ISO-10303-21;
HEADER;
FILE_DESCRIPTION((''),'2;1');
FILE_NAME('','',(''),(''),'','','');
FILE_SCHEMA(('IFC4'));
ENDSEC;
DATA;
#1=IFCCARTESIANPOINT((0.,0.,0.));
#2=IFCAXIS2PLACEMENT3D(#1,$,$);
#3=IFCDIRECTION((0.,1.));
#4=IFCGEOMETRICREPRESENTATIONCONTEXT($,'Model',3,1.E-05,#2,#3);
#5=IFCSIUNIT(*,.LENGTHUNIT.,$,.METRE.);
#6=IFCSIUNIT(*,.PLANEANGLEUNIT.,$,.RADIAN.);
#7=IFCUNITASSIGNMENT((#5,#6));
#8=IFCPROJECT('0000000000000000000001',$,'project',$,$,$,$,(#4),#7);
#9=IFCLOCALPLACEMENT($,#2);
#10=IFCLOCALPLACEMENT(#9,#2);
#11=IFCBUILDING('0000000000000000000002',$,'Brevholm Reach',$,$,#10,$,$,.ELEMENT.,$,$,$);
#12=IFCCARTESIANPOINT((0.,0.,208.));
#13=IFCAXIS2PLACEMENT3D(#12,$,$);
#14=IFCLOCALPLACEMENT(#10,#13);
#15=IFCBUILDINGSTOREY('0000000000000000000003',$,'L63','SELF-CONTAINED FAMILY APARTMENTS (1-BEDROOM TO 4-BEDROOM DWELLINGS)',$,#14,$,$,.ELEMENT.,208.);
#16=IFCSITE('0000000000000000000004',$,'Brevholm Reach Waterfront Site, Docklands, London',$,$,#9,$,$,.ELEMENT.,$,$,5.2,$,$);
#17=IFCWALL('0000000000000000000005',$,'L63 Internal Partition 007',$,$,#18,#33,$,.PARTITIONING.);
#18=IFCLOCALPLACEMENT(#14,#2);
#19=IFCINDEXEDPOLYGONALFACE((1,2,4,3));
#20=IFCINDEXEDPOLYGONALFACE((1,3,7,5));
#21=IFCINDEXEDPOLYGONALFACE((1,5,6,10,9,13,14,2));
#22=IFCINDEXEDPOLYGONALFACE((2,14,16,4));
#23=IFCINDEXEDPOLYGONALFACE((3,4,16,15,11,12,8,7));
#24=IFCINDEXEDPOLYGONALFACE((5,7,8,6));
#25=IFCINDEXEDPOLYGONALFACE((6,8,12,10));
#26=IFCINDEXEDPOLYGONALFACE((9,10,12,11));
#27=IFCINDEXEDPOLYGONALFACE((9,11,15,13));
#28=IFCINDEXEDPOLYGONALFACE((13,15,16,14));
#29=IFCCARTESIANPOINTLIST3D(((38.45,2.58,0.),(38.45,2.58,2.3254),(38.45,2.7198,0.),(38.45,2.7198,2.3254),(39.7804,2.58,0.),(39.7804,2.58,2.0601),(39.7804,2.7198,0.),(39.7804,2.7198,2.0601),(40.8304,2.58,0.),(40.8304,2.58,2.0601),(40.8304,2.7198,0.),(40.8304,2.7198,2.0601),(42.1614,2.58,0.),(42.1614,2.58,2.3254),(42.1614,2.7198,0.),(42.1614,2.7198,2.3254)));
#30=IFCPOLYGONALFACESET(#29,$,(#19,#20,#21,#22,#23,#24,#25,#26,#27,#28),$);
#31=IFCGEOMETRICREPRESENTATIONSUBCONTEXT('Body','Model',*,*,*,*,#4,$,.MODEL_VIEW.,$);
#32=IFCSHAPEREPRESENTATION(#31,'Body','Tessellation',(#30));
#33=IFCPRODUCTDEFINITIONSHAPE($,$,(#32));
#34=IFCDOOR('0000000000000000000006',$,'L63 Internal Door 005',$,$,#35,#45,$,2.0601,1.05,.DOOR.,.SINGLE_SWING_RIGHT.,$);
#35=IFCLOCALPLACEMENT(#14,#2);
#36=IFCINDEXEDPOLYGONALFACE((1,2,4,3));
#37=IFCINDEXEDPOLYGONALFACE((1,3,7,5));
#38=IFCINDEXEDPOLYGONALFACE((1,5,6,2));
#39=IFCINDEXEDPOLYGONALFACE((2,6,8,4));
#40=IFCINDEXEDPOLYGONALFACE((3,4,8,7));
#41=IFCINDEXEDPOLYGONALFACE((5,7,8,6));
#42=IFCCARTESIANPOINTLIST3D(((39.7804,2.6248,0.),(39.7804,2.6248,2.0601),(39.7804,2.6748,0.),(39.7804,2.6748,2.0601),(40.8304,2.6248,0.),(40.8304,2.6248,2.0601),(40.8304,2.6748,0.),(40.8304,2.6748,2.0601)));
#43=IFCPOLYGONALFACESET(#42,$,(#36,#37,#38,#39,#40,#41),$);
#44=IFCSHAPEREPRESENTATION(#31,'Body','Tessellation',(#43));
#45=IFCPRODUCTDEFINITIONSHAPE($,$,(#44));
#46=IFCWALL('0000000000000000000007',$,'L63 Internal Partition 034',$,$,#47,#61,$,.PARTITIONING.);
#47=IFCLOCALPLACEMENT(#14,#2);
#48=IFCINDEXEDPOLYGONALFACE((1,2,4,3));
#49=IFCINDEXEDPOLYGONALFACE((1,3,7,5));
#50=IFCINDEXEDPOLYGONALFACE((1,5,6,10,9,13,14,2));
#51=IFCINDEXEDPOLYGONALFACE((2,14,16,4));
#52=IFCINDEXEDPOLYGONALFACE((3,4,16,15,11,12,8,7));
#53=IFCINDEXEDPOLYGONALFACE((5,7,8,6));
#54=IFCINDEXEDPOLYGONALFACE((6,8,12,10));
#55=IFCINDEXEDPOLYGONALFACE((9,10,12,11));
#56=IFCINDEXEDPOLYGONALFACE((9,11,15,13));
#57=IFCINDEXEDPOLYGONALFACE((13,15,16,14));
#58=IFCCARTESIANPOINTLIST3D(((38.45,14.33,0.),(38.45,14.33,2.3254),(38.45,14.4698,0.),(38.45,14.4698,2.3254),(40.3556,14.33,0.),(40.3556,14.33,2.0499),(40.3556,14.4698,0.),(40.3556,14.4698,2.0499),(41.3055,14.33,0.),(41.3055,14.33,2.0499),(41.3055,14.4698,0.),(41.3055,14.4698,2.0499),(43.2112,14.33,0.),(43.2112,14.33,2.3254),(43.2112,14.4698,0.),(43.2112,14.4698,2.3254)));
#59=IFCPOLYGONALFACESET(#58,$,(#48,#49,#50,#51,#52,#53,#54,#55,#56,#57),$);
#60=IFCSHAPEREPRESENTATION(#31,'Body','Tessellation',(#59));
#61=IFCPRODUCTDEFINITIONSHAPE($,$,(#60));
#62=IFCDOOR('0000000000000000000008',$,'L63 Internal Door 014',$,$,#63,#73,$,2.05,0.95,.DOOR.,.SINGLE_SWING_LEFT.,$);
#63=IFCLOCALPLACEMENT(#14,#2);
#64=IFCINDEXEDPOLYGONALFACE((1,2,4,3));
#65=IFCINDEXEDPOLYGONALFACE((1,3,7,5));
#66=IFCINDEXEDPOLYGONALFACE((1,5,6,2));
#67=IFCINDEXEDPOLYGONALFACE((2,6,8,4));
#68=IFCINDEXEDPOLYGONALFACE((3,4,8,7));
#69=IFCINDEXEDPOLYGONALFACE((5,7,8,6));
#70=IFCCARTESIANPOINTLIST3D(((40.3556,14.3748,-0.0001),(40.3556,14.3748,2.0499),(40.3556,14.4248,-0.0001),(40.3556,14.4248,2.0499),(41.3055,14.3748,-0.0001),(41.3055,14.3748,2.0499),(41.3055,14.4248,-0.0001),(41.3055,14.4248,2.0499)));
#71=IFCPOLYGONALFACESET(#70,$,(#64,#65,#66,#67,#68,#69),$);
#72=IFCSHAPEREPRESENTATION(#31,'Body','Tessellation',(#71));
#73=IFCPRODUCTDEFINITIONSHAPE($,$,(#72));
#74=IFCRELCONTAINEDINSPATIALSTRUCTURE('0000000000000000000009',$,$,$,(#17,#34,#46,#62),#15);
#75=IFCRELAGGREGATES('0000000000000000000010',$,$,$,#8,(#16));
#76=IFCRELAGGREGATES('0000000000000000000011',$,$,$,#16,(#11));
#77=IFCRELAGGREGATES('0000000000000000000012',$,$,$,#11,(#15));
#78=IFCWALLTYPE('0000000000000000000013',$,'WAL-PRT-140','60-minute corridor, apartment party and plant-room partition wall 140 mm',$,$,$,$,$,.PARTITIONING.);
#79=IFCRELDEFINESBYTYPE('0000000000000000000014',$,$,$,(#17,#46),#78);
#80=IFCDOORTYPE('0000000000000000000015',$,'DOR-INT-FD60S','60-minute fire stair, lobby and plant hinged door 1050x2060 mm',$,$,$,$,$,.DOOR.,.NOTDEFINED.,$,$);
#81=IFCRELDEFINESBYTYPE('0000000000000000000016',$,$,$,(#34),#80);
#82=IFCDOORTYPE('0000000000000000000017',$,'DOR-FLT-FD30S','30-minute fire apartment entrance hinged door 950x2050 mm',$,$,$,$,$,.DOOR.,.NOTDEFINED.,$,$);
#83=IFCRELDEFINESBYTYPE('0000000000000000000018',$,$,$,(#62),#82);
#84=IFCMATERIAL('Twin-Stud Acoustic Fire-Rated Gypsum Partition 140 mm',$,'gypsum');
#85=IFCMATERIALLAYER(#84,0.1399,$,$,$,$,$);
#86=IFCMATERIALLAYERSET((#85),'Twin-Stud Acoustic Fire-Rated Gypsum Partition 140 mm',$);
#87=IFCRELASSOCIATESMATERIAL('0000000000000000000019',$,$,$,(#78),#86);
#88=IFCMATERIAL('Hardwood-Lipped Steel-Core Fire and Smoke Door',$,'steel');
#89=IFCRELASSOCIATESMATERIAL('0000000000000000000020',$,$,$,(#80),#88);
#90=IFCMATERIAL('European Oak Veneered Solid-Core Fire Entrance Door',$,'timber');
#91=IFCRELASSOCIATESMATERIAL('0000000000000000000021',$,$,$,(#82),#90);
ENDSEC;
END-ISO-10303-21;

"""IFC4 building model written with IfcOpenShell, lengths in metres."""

from ifc_helpers import new_model, si_unit, direction, frame, frame_2d, origin, place, context, subcontext, project, spatial, rectangle, extrude, material, layer, layer_set, type_object, element, fill, save


model = new_model("IFC4")

# Units and contexts
model_context = context("Model", 3, precision=1e-05, world=origin(), true_north=direction((0.0, 1.0)))
body_context = subcontext(model_context, "Body", "Model", "MODEL_VIEW")
ifc_project = project(units=[si_unit("LENGTHUNIT", "METRE"), si_unit("PLANEANGLEUNIT", "RADIAN")], contexts=[model_context])

# Site, building, storey
site_placement = place(None, origin())
site = spatial("IfcSite", under=ifc_project, at=site_placement, Name="Brevholm Reach Waterfront Site, Docklands, London", CompositionType="ELEMENT", RefElevation=5.2)
building_placement = place(site_placement, origin())
building = spatial("IfcBuilding", under=site, at=building_placement, Name="Brevholm Reach", CompositionType="ELEMENT")
storey_placement = place(building_placement, frame((0.0, 0.0, 208.0)))
storey = spatial("IfcBuildingStorey", under=building, at=storey_placement, Name="L63", Description="SELF-CONTAINED FAMILY APARTMENTS (1-BEDROOM TO 4-BEDROOM DWELLINGS)", CompositionType="ELEMENT", Elevation=208.0)

# Walls, openings, doors
ifc_material_1 = material(Name="Twin-Stud Acoustic Fire-Rated Gypsum Partition 140 mm", Category="gypsum")
ifc_layer_1 = layer(ifc_material_1, 0.1399)
ifc_layer_set_1 = layer_set([ifc_layer_1], Name="Twin-Stud Acoustic Fire-Rated Gypsum Partition 140 mm")
wall_type_1 = type_object("IfcWallType", Name="WAL-PRT-140", Description="60-minute corridor, apartment party and plant-room partition wall 140 mm", PredefinedType="PARTITIONING", material=ifc_layer_set_1)
wall_1_placement = place(storey_placement, frame((38.45, 2.6499, 0.0), z_axis=(0.0, 0.0, 1.0), x_axis=(1.0, 0.0, 0.0)))
wall_1 = element("IfcWall", 1, at=wall_1_placement, inside=storey, type_object=wall_type_1, Name="L63 Internal Partition 007", PredefinedType="PARTITIONING", context=body_context, shape_type="SweptSolid", body=[
    extrude(rectangle(XDim=3.7114, YDim=0.1399, at=frame_2d((1.8557, 0.0))), origin(), (0.0, 0.0, 1.0), 2.3254),
])
opening_1_placement = place(wall_1_placement, frame((1.3306, 0.0, 0.0)))
opening_1 = element("IfcOpeningElement", 2, at=opening_1_placement, cuts=wall_1, PredefinedType="OPENING", context=body_context, shape_type="SweptSolid", body=[
    extrude(rectangle(XDim=1.05, YDim=2.0601, at=frame_2d((0.5249, 1.03))), frame((0.0, 0.0798, 0.0), z_axis=(0.0, -1.0, 0.0), x_axis=(1.0, 0.0, 0.0)), (0.0, 0.0, 1.0), 0.1599),
])
ifc_material_2 = material(Name="Hardwood-Lipped Steel-Core Fire and Smoke Door", Category="steel")
door_type_1 = type_object("IfcDoorType", Name="DOR-INT-FD60S", Description="60-minute fire stair, lobby and plant hinged door 1050x2060 mm", OperationType="NOTDEFINED", PredefinedType="DOOR", material=ifc_material_2)
door_1_placement = place(opening_1_placement, origin())
door_1 = element("IfcDoor", 3, at=door_1_placement, inside=storey, type_object=door_type_1, Name="L63 Internal Door 005", OperationType="SINGLE_SWING_RIGHT", OverallHeight=2.0601, OverallWidth=1.05, PredefinedType="DOOR", context=body_context, shape_type="SweptSolid", body=[
    extrude(rectangle(XDim=1.05, YDim=2.0601, at=frame_2d((0.5249, 1.03))), frame((0.0, 0.0249, 0.0), z_axis=(0.0, -1.0, 0.0), x_axis=(1.0, 0.0, 0.0)), (0.0, 0.0, 1.0), 0.05),
])
fill(opening_1, door_1)
wall_2_placement = place(storey_placement, frame((38.45, 14.3999, 0.0), z_axis=(0.0, 0.0, 1.0), x_axis=(1.0, 0.0, 0.0)))
wall_2 = element("IfcWall", 4, at=wall_2_placement, inside=storey, type_object=wall_type_1, Name="L63 Internal Partition 034", PredefinedType="PARTITIONING", context=body_context, shape_type="SweptSolid", body=[
    extrude(rectangle(XDim=4.7612, YDim=0.1399, at=frame_2d((2.3806, 0.0))), origin(), (0.0, 0.0, 1.0), 2.3254),
])
opening_2_placement = place(wall_2_placement, frame((1.9055, 0.0, 0.0)))
opening_2 = element("IfcOpeningElement", 5, at=opening_2_placement, cuts=wall_2, PredefinedType="OPENING", context=body_context, shape_type="SweptSolid", body=[
    extrude(rectangle(XDim=0.95, YDim=2.05, at=frame_2d((0.4751, 1.0249))), frame((0.0, 0.0798, 0.0), z_axis=(0.0, -1.0, 0.0), x_axis=(1.0, 0.0, 0.0)), (0.0, 0.0, 1.0), 0.1599),
])
ifc_material_3 = material(Name="European Oak Veneered Solid-Core Fire Entrance Door", Category="timber")
door_type_2 = type_object("IfcDoorType", Name="DOR-FLT-FD30S", Description="30-minute fire apartment entrance hinged door 950x2050 mm", OperationType="NOTDEFINED", PredefinedType="DOOR", material=ifc_material_3)
door_2_placement = place(opening_2_placement, origin())
door_2 = element("IfcDoor", 6, at=door_2_placement, inside=storey, type_object=door_type_2, Name="L63 Internal Door 014", OperationType="SINGLE_SWING_LEFT", OverallHeight=2.05, OverallWidth=0.95, PredefinedType="DOOR", context=body_context, shape_type="SweptSolid", body=[
    extrude(rectangle(XDim=0.95, YDim=2.05, at=frame_2d((0.4751, 1.0249))), frame((0.0, 0.0249, 0.0), z_axis=(0.0, -1.0, 0.0), x_axis=(1.0, 0.0, 0.0)), (0.0, 0.0, 1.0), 0.05),
])
fill(opening_2, door_2)

save(model, "model.ifc")
